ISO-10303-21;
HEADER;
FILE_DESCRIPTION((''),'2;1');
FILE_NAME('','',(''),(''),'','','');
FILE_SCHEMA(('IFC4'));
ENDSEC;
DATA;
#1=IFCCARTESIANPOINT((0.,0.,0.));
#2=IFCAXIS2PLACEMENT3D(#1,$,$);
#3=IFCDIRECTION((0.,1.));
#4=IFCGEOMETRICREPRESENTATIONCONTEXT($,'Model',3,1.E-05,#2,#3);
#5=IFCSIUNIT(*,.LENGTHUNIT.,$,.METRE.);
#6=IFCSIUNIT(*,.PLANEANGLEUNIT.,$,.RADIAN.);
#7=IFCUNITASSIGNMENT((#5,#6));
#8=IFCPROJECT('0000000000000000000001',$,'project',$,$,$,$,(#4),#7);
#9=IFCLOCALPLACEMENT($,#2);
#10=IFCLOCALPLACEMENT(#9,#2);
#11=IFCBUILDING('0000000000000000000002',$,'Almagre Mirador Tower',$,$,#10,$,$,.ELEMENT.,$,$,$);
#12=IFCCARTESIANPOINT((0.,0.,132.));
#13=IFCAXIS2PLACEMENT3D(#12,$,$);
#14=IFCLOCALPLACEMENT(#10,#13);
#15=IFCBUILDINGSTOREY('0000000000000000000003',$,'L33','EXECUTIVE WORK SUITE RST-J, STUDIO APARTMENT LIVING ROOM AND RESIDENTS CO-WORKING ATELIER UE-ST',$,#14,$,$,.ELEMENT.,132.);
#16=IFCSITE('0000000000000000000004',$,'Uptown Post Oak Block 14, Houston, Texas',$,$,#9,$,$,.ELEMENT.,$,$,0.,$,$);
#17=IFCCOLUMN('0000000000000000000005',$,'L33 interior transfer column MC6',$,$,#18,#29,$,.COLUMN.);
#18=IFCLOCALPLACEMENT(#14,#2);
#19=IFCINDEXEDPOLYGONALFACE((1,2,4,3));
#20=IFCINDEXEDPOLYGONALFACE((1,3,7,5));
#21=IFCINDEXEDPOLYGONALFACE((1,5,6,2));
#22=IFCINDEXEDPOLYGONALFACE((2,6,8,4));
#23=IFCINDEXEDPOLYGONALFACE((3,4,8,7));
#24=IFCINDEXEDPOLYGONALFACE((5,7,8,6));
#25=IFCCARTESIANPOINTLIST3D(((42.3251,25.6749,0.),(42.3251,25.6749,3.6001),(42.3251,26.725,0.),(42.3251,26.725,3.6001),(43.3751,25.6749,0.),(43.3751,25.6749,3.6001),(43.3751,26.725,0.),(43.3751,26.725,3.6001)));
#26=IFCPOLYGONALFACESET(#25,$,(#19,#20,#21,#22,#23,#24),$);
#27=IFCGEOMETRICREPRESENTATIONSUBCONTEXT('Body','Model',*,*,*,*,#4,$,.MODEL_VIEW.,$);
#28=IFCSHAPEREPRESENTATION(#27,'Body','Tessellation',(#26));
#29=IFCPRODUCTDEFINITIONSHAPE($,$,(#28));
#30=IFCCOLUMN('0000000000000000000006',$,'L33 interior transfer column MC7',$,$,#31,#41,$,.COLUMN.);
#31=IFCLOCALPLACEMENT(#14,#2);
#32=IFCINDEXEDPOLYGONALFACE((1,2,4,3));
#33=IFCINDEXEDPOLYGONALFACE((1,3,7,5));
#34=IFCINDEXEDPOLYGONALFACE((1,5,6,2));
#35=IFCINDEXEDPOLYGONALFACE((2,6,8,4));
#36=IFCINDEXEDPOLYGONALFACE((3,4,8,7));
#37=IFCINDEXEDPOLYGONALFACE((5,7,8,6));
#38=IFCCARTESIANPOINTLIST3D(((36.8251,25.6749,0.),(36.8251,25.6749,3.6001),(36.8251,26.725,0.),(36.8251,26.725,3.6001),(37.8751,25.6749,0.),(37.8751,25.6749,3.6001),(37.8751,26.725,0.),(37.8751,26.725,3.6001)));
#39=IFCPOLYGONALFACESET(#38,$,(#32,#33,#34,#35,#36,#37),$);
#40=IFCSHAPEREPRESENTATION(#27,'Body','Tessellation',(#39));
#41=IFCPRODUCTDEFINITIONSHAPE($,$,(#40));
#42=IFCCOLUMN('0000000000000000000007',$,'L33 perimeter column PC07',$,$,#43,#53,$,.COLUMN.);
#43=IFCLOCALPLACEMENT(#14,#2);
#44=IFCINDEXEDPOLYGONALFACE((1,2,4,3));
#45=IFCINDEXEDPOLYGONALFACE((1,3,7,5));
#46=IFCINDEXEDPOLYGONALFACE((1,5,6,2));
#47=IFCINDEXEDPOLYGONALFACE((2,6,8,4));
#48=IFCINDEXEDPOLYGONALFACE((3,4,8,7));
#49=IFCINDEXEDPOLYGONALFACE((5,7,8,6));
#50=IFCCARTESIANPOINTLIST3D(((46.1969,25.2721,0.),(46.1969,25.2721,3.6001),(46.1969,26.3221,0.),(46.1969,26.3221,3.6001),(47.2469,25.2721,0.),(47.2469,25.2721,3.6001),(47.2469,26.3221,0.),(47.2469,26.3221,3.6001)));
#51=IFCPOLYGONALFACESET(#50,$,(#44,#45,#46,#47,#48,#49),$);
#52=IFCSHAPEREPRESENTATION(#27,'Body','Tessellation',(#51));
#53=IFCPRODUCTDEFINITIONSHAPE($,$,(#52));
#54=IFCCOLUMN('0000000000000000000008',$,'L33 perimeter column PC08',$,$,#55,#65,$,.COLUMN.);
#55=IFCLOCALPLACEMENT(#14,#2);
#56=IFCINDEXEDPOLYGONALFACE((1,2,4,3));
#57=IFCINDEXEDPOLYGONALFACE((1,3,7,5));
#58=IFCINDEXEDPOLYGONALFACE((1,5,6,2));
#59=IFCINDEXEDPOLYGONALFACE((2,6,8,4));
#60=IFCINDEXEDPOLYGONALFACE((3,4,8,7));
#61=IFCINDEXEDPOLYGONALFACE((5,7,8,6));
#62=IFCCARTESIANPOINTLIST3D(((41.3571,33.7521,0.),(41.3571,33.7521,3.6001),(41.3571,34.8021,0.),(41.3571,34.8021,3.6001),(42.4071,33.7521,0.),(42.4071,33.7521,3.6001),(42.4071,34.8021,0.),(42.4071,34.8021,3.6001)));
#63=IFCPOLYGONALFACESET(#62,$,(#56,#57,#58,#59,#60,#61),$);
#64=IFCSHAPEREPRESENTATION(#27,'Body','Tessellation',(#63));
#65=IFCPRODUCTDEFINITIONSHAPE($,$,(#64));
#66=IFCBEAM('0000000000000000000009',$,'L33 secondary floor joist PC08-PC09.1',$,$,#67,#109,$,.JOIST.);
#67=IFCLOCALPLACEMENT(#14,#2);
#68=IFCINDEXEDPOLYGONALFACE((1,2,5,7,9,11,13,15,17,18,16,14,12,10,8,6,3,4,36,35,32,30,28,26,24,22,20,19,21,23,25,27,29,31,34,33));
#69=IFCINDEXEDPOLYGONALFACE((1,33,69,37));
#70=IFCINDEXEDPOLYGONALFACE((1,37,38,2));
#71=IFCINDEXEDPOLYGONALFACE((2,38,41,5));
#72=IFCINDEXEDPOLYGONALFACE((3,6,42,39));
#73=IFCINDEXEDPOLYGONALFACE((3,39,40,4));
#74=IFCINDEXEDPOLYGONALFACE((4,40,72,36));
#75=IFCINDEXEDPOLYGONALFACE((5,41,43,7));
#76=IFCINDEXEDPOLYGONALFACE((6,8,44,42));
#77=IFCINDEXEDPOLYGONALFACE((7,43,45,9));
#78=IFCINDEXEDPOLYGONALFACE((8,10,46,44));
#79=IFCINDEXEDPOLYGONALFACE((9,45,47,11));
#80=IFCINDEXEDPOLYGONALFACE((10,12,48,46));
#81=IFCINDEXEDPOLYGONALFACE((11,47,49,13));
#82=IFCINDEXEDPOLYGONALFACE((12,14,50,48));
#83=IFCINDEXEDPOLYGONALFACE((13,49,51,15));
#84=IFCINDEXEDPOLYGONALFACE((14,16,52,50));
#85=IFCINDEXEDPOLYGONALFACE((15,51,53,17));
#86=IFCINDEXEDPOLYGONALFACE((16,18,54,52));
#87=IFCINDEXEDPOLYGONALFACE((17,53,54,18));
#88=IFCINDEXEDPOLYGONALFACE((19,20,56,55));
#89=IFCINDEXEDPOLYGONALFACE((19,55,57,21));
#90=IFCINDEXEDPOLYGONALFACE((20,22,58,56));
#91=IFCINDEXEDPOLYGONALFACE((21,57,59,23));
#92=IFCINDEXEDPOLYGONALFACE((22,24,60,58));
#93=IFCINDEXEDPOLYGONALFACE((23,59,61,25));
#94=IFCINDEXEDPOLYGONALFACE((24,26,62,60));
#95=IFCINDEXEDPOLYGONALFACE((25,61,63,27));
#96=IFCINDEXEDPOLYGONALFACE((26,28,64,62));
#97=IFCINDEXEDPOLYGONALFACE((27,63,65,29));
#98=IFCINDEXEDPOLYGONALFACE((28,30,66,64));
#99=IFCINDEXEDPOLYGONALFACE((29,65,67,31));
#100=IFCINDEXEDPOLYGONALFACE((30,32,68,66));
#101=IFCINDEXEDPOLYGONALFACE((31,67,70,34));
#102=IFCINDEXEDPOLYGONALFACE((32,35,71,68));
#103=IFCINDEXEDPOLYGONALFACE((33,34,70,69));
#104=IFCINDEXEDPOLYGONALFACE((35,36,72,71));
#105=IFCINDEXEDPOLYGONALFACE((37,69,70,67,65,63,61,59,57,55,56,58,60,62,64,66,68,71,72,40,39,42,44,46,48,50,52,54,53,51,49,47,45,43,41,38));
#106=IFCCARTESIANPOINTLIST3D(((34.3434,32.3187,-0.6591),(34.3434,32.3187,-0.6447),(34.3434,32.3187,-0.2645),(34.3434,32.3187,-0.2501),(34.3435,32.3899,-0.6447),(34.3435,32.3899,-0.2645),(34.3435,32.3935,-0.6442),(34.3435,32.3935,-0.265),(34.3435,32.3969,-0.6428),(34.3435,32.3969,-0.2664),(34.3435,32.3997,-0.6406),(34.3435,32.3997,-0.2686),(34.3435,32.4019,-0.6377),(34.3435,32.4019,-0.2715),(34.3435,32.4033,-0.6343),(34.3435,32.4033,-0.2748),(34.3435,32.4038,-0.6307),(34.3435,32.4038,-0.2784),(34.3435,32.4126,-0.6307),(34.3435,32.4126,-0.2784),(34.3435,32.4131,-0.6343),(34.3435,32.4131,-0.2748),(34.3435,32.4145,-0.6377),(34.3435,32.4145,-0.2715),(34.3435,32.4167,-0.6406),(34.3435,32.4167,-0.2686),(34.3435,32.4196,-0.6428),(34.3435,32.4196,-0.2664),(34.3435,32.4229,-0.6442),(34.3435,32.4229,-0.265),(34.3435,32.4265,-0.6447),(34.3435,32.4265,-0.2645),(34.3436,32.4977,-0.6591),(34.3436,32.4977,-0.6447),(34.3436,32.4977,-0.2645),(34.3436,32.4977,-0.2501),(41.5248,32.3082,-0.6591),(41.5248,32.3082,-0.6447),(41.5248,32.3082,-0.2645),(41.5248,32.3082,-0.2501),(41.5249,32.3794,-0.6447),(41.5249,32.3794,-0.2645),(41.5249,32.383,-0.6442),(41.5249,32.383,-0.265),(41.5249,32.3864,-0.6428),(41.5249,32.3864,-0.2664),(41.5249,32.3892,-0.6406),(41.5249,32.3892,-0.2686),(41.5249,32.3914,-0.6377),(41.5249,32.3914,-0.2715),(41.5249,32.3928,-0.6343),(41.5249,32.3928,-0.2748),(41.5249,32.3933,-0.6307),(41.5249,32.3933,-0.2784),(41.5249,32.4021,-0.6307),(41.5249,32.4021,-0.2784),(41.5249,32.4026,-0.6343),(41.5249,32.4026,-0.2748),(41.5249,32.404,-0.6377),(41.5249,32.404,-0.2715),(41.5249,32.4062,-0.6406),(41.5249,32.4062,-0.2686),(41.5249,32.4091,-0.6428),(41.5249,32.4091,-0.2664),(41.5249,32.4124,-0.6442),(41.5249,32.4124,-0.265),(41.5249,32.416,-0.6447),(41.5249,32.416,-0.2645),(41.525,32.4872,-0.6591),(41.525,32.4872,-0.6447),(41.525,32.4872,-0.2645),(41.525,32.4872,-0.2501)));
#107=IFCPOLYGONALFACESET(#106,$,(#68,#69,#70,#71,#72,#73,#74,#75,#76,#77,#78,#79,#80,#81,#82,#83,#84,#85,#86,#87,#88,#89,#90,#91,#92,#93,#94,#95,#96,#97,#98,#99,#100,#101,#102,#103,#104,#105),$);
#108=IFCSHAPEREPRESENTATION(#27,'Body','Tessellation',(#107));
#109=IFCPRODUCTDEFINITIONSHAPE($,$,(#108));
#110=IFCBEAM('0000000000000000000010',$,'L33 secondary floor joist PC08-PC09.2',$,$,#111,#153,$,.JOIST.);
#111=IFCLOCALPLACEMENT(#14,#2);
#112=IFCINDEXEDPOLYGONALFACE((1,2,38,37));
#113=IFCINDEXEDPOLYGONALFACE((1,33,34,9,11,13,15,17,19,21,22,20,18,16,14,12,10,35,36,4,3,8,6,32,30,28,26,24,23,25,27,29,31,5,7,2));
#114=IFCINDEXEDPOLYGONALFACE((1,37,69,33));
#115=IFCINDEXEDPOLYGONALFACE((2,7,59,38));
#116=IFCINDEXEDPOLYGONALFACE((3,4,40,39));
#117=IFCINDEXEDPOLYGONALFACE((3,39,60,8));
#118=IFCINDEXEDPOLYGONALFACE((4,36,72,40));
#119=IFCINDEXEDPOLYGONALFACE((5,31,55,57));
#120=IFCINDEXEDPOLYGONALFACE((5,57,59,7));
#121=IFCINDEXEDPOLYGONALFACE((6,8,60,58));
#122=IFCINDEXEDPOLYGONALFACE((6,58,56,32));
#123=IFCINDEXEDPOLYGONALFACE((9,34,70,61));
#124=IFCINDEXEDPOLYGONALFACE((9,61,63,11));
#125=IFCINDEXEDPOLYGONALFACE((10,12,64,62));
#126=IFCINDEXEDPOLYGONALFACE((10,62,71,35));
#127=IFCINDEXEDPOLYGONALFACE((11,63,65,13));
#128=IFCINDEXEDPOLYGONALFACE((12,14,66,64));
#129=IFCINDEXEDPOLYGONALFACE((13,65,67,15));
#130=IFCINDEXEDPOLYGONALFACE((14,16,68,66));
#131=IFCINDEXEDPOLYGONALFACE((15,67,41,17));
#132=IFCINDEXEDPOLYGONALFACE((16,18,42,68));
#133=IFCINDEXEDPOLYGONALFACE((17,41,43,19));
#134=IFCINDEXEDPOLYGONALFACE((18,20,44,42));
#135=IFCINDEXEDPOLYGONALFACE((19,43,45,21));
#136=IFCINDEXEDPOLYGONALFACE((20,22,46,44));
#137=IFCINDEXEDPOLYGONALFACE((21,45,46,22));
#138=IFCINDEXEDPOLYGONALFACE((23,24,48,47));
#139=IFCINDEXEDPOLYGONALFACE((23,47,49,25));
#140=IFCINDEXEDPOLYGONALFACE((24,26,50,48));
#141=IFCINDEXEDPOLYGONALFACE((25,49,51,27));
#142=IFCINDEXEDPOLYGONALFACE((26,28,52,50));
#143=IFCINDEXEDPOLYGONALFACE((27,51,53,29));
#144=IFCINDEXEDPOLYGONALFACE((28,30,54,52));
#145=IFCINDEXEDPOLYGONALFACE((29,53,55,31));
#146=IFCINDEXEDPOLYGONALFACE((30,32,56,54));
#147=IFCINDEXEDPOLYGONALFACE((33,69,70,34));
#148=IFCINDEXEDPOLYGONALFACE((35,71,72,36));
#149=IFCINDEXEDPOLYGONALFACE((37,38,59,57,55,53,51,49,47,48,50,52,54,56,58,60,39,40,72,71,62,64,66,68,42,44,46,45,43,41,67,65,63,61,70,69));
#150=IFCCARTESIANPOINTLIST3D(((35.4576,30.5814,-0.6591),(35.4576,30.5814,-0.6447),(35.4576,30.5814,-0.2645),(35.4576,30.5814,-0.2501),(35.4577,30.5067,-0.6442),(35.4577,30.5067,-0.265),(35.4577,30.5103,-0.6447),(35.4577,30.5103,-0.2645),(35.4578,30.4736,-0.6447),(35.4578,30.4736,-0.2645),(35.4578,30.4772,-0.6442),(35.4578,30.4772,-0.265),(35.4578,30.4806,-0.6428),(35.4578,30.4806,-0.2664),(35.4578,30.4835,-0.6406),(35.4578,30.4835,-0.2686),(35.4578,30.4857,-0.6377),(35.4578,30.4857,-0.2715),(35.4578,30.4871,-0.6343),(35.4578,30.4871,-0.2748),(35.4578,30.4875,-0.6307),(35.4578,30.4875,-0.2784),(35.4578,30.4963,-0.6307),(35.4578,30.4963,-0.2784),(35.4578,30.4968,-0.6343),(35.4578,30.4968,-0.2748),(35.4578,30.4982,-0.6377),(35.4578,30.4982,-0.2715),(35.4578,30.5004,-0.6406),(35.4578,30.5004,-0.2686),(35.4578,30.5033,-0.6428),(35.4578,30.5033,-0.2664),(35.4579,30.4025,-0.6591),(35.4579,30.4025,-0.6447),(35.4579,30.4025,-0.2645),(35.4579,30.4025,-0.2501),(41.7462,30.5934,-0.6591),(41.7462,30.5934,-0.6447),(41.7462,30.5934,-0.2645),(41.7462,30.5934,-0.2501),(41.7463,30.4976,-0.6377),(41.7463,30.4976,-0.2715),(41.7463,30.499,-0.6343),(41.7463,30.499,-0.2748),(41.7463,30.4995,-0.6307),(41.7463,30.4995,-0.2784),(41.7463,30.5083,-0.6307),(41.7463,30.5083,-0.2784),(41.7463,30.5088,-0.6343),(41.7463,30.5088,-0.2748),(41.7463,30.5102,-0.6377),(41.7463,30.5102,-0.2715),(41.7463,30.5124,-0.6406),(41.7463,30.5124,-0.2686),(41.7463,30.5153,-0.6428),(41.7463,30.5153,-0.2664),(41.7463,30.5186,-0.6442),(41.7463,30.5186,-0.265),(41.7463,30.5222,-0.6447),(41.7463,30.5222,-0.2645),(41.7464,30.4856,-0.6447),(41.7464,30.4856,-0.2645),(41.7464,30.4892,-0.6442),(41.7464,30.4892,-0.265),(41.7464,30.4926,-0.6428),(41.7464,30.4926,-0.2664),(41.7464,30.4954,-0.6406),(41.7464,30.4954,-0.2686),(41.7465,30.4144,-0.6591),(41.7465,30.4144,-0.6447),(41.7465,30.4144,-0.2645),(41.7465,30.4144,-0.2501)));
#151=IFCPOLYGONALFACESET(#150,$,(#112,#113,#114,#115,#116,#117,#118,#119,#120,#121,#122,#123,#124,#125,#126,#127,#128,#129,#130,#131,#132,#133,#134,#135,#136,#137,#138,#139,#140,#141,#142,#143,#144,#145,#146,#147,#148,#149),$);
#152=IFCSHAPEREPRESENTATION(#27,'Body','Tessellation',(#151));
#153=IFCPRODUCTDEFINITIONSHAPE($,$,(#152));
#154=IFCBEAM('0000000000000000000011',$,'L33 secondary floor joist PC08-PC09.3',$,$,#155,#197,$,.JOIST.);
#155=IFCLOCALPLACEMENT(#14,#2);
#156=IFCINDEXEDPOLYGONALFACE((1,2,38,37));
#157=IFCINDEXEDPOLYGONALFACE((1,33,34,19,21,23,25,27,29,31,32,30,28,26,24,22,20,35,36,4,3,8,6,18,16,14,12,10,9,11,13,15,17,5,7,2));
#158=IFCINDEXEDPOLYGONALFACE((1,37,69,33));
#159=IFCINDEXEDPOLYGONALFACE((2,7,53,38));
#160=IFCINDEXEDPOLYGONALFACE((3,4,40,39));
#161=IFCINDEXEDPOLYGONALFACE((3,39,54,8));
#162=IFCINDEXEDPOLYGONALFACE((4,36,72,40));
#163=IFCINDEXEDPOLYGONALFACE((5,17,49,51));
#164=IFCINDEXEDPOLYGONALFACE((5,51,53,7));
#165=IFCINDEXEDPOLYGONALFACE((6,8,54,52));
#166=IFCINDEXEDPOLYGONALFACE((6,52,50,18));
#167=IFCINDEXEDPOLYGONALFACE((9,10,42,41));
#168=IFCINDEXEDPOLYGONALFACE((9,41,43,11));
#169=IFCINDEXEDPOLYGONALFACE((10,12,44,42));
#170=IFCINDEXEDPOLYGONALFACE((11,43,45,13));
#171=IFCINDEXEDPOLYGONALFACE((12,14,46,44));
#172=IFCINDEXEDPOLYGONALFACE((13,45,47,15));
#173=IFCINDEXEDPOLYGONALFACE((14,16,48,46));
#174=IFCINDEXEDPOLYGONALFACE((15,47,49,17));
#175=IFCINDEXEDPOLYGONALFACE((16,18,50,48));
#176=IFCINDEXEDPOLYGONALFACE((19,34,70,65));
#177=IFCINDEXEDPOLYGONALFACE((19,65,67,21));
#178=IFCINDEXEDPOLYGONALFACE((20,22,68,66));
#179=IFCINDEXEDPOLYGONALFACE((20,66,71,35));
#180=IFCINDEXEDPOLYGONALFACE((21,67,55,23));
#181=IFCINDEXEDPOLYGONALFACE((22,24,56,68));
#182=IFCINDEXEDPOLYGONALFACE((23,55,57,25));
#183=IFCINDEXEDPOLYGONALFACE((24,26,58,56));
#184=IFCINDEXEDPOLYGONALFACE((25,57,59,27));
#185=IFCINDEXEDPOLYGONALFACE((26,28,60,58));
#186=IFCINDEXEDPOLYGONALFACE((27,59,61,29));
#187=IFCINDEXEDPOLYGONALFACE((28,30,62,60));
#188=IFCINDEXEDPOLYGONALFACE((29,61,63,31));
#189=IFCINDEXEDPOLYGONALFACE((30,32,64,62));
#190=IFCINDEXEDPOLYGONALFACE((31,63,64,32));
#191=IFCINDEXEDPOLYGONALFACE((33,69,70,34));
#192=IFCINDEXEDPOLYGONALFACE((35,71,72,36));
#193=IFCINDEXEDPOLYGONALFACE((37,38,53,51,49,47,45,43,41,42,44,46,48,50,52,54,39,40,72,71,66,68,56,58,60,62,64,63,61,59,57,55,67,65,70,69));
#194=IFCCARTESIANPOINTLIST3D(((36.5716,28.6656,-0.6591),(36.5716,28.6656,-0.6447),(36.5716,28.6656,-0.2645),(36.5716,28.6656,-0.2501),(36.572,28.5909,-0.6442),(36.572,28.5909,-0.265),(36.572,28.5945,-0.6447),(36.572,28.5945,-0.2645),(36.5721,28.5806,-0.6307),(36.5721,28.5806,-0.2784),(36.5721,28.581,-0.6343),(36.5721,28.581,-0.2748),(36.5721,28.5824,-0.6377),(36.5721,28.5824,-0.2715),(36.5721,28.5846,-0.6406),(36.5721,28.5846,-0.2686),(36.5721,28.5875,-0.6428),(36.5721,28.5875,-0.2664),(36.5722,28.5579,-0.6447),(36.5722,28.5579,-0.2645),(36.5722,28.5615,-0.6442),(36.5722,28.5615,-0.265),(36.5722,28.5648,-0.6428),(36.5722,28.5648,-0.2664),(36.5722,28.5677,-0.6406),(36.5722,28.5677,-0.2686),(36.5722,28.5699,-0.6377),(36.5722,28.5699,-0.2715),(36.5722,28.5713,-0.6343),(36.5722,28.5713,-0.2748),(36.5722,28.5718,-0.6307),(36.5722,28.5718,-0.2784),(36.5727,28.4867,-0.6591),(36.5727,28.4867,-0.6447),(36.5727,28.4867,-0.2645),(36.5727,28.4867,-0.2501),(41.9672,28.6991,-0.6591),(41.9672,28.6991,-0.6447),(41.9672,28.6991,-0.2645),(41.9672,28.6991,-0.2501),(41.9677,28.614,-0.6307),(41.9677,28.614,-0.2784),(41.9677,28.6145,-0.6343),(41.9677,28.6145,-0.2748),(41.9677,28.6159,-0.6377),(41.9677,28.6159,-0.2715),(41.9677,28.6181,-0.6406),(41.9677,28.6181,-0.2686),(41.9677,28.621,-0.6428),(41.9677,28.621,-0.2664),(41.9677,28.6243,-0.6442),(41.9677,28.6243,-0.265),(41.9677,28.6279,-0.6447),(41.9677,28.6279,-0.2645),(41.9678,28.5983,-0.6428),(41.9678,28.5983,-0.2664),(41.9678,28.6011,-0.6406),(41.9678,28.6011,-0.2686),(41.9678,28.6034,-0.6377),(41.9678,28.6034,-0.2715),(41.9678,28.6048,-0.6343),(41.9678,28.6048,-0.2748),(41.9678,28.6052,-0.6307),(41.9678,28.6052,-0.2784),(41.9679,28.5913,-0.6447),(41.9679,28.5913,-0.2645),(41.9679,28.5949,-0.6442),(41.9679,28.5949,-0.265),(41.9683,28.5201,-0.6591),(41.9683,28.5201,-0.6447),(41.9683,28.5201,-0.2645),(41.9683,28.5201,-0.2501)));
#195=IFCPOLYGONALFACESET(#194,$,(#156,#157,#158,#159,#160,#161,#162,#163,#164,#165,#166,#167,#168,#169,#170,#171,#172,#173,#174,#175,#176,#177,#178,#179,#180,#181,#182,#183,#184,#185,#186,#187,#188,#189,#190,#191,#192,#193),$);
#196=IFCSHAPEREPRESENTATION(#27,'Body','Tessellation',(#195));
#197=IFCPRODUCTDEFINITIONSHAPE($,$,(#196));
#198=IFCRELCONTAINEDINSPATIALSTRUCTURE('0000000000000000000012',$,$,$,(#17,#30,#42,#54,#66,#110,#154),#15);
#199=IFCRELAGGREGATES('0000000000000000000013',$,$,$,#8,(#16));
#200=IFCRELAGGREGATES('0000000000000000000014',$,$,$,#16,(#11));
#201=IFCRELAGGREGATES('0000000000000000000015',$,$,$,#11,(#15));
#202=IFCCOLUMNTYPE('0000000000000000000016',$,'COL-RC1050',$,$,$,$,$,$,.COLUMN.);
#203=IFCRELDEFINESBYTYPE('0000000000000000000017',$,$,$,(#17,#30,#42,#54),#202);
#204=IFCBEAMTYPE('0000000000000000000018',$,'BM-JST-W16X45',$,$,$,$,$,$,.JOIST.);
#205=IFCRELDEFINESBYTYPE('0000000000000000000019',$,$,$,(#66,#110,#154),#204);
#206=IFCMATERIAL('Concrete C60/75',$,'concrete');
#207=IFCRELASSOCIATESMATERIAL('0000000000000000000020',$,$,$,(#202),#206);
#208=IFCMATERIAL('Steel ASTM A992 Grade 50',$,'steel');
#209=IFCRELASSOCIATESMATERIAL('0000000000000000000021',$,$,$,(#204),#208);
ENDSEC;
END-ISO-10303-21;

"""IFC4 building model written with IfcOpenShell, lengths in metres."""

from ifc_helpers import new_model, si_unit, direction, frame, origin, origin_2d, place, context, subcontext, project, spatial, rectangle, i_section, extrude, material, material_profile, profile_set, type_object, element, save


model = new_model("IFC4")

# Units and contexts
model_context = context("Model", 3, precision=1e-05, world=origin(), true_north=direction((0.0, 1.0)))
body_context = subcontext(model_context, "Body", "Model", "MODEL_VIEW")
ifc_project = project(units=[si_unit("LENGTHUNIT", "METRE"), si_unit("PLANEANGLEUNIT", "RADIAN")], contexts=[model_context])

# Site, building, storey
site_placement = place(None, origin())
site = spatial("IfcSite", under=ifc_project, at=site_placement, Name="Uptown Post Oak Block 14, Houston, Texas", CompositionType="ELEMENT", RefElevation=0.0)
building_placement = place(site_placement, origin())
building = spatial("IfcBuilding", under=site, at=building_placement, Name="Almagre Mirador Tower", CompositionType="ELEMENT")
storey_placement = place(building_placement, frame((0.0, 0.0, 132.0)))
storey = spatial("IfcBuildingStorey", under=building, at=storey_placement, Name="L33", Description="EXECUTIVE WORK SUITE RST-J, STUDIO APARTMENT LIVING ROOM AND RESIDENTS CO-WORKING ATELIER UE-ST", CompositionType="ELEMENT", Elevation=132.0)

# Columns
ifc_material_1 = material(Name="Concrete C60/75", Category="concrete")
ifc_material_profile_1 = material_profile(ifc_material_1, rectangle(XDim=1.05, YDim=1.05, at=origin_2d()), Name="RC1050X1050")
ifc_profile_set_1 = profile_set([ifc_material_profile_1], Name="Concrete C60/75")
column_type = type_object("IfcColumnType", Name="COL-RC1050", PredefinedType="COLUMN", material=ifc_profile_set_1)
for number, where, z_axis, x_axis, name in (
    (1, (42.8501, 26.2, 0.0), (0.0, 0.0, 1.0), (1.0, 0.0, 0.0), "L33 interior transfer column MC6"),
    (2, (37.3501, 26.2, 0.0), (0.0, 0.0, 1.0), (1.0, 0.0, 0.0), "L33 interior transfer column MC7"),
    (3, (46.7219, 25.7971, 0.0), (0.0, 0.0, 1.0), (1.0, 0.0, 0.0), "L33 perimeter column PC07"),
    (4, (41.8821, 34.2771, 0.0), (0.0, 0.0, 1.0), (1.0, 0.0, 0.0), "L33 perimeter column PC08"),
):
    element("IfcColumn", number, at=place(storey_placement, frame(where, z_axis=z_axis, x_axis=x_axis)), inside=storey, type_object=column_type, Name=name, PredefinedType="COLUMN", context=body_context, shape_type="SweptSolid", body=[
        extrude(rectangle(XDim=1.05, YDim=1.05, at=origin_2d()), origin(), (0.0, 0.0, 1.0), 3.6001),
    ])

# Beams
ifc_material_2 = material(Name="Steel ASTM A992 Grade 50", Category="steel")
ifc_material_profile_2 = material_profile(ifc_material_2, i_section(OverallWidth=0.179, OverallDepth=0.4089, WebThickness=0.0088, FlangeThickness=0.0144, FilletRadius=0.0139, at=origin_2d()), Name="W16X45")
ifc_profile_set_2 = profile_set([ifc_material_profile_2], Name="Steel ASTM A992 Grade 50")
beam_type_1 = type_object("IfcBeamType", Name="BM-JST-W16X45", PredefinedType="JOIST", material=ifc_profile_set_2)
beam_1_placement = place(storey_placement, frame((41.5249, 32.3977, -0.4546), z_axis=(-0.999999, 0.001462, 0.0), x_axis=(-0.001462, -0.999999, 0.0)))
element("IfcBeam", 5, at=beam_1_placement, inside=storey, type_object=beam_type_1, Name="L33 secondary floor joist PC08-PC09.1", PredefinedType="JOIST", context=body_context, shape_type="SweptSolid", body=[
    extrude(i_section(OverallWidth=0.179, OverallDepth=0.4089, WebThickness=0.0088, FlangeThickness=0.0144, FilletRadius=0.0139, at=origin_2d()), origin(), (0.0, 0.0, 1.0), 7.1814),
])
beam_2_placement = place(storey_placement, frame((41.7463, 30.5039, -0.4546), z_axis=(-0.999998, -0.001902, 0.0), x_axis=(0.001902, -0.999998, 0.0)))
element("IfcBeam", 6, at=beam_2_placement, inside=storey, type_object=beam_type_1, Name="L33 secondary floor joist PC08-PC09.2", PredefinedType="JOIST", context=body_context, shape_type="SweptSolid", body=[
    extrude(i_section(OverallWidth=0.179, OverallDepth=0.4089, WebThickness=0.0088, FlangeThickness=0.0144, FilletRadius=0.0139, at=origin_2d()), origin(), (0.0, 0.0, 1.0), 6.2886),
])
beam_3_placement = place(storey_placement, frame((41.9678, 28.6096, -0.4546), z_axis=(-0.999981, -0.006199, 0.0), x_axis=(0.006199, -0.999981, 0.0)))
element("IfcBeam", 7, at=beam_3_placement, inside=storey, type_object=beam_type_1, Name="L33 secondary floor joist PC08-PC09.3", PredefinedType="JOIST", context=body_context, shape_type="SweptSolid", body=[
    extrude(i_section(OverallWidth=0.179, OverallDepth=0.4089, WebThickness=0.0088, FlangeThickness=0.0144, FilletRadius=0.0139, at=origin_2d()), origin(), (0.0, 0.0, 1.0), 5.3958),
])

save(model, "model.ifc")
